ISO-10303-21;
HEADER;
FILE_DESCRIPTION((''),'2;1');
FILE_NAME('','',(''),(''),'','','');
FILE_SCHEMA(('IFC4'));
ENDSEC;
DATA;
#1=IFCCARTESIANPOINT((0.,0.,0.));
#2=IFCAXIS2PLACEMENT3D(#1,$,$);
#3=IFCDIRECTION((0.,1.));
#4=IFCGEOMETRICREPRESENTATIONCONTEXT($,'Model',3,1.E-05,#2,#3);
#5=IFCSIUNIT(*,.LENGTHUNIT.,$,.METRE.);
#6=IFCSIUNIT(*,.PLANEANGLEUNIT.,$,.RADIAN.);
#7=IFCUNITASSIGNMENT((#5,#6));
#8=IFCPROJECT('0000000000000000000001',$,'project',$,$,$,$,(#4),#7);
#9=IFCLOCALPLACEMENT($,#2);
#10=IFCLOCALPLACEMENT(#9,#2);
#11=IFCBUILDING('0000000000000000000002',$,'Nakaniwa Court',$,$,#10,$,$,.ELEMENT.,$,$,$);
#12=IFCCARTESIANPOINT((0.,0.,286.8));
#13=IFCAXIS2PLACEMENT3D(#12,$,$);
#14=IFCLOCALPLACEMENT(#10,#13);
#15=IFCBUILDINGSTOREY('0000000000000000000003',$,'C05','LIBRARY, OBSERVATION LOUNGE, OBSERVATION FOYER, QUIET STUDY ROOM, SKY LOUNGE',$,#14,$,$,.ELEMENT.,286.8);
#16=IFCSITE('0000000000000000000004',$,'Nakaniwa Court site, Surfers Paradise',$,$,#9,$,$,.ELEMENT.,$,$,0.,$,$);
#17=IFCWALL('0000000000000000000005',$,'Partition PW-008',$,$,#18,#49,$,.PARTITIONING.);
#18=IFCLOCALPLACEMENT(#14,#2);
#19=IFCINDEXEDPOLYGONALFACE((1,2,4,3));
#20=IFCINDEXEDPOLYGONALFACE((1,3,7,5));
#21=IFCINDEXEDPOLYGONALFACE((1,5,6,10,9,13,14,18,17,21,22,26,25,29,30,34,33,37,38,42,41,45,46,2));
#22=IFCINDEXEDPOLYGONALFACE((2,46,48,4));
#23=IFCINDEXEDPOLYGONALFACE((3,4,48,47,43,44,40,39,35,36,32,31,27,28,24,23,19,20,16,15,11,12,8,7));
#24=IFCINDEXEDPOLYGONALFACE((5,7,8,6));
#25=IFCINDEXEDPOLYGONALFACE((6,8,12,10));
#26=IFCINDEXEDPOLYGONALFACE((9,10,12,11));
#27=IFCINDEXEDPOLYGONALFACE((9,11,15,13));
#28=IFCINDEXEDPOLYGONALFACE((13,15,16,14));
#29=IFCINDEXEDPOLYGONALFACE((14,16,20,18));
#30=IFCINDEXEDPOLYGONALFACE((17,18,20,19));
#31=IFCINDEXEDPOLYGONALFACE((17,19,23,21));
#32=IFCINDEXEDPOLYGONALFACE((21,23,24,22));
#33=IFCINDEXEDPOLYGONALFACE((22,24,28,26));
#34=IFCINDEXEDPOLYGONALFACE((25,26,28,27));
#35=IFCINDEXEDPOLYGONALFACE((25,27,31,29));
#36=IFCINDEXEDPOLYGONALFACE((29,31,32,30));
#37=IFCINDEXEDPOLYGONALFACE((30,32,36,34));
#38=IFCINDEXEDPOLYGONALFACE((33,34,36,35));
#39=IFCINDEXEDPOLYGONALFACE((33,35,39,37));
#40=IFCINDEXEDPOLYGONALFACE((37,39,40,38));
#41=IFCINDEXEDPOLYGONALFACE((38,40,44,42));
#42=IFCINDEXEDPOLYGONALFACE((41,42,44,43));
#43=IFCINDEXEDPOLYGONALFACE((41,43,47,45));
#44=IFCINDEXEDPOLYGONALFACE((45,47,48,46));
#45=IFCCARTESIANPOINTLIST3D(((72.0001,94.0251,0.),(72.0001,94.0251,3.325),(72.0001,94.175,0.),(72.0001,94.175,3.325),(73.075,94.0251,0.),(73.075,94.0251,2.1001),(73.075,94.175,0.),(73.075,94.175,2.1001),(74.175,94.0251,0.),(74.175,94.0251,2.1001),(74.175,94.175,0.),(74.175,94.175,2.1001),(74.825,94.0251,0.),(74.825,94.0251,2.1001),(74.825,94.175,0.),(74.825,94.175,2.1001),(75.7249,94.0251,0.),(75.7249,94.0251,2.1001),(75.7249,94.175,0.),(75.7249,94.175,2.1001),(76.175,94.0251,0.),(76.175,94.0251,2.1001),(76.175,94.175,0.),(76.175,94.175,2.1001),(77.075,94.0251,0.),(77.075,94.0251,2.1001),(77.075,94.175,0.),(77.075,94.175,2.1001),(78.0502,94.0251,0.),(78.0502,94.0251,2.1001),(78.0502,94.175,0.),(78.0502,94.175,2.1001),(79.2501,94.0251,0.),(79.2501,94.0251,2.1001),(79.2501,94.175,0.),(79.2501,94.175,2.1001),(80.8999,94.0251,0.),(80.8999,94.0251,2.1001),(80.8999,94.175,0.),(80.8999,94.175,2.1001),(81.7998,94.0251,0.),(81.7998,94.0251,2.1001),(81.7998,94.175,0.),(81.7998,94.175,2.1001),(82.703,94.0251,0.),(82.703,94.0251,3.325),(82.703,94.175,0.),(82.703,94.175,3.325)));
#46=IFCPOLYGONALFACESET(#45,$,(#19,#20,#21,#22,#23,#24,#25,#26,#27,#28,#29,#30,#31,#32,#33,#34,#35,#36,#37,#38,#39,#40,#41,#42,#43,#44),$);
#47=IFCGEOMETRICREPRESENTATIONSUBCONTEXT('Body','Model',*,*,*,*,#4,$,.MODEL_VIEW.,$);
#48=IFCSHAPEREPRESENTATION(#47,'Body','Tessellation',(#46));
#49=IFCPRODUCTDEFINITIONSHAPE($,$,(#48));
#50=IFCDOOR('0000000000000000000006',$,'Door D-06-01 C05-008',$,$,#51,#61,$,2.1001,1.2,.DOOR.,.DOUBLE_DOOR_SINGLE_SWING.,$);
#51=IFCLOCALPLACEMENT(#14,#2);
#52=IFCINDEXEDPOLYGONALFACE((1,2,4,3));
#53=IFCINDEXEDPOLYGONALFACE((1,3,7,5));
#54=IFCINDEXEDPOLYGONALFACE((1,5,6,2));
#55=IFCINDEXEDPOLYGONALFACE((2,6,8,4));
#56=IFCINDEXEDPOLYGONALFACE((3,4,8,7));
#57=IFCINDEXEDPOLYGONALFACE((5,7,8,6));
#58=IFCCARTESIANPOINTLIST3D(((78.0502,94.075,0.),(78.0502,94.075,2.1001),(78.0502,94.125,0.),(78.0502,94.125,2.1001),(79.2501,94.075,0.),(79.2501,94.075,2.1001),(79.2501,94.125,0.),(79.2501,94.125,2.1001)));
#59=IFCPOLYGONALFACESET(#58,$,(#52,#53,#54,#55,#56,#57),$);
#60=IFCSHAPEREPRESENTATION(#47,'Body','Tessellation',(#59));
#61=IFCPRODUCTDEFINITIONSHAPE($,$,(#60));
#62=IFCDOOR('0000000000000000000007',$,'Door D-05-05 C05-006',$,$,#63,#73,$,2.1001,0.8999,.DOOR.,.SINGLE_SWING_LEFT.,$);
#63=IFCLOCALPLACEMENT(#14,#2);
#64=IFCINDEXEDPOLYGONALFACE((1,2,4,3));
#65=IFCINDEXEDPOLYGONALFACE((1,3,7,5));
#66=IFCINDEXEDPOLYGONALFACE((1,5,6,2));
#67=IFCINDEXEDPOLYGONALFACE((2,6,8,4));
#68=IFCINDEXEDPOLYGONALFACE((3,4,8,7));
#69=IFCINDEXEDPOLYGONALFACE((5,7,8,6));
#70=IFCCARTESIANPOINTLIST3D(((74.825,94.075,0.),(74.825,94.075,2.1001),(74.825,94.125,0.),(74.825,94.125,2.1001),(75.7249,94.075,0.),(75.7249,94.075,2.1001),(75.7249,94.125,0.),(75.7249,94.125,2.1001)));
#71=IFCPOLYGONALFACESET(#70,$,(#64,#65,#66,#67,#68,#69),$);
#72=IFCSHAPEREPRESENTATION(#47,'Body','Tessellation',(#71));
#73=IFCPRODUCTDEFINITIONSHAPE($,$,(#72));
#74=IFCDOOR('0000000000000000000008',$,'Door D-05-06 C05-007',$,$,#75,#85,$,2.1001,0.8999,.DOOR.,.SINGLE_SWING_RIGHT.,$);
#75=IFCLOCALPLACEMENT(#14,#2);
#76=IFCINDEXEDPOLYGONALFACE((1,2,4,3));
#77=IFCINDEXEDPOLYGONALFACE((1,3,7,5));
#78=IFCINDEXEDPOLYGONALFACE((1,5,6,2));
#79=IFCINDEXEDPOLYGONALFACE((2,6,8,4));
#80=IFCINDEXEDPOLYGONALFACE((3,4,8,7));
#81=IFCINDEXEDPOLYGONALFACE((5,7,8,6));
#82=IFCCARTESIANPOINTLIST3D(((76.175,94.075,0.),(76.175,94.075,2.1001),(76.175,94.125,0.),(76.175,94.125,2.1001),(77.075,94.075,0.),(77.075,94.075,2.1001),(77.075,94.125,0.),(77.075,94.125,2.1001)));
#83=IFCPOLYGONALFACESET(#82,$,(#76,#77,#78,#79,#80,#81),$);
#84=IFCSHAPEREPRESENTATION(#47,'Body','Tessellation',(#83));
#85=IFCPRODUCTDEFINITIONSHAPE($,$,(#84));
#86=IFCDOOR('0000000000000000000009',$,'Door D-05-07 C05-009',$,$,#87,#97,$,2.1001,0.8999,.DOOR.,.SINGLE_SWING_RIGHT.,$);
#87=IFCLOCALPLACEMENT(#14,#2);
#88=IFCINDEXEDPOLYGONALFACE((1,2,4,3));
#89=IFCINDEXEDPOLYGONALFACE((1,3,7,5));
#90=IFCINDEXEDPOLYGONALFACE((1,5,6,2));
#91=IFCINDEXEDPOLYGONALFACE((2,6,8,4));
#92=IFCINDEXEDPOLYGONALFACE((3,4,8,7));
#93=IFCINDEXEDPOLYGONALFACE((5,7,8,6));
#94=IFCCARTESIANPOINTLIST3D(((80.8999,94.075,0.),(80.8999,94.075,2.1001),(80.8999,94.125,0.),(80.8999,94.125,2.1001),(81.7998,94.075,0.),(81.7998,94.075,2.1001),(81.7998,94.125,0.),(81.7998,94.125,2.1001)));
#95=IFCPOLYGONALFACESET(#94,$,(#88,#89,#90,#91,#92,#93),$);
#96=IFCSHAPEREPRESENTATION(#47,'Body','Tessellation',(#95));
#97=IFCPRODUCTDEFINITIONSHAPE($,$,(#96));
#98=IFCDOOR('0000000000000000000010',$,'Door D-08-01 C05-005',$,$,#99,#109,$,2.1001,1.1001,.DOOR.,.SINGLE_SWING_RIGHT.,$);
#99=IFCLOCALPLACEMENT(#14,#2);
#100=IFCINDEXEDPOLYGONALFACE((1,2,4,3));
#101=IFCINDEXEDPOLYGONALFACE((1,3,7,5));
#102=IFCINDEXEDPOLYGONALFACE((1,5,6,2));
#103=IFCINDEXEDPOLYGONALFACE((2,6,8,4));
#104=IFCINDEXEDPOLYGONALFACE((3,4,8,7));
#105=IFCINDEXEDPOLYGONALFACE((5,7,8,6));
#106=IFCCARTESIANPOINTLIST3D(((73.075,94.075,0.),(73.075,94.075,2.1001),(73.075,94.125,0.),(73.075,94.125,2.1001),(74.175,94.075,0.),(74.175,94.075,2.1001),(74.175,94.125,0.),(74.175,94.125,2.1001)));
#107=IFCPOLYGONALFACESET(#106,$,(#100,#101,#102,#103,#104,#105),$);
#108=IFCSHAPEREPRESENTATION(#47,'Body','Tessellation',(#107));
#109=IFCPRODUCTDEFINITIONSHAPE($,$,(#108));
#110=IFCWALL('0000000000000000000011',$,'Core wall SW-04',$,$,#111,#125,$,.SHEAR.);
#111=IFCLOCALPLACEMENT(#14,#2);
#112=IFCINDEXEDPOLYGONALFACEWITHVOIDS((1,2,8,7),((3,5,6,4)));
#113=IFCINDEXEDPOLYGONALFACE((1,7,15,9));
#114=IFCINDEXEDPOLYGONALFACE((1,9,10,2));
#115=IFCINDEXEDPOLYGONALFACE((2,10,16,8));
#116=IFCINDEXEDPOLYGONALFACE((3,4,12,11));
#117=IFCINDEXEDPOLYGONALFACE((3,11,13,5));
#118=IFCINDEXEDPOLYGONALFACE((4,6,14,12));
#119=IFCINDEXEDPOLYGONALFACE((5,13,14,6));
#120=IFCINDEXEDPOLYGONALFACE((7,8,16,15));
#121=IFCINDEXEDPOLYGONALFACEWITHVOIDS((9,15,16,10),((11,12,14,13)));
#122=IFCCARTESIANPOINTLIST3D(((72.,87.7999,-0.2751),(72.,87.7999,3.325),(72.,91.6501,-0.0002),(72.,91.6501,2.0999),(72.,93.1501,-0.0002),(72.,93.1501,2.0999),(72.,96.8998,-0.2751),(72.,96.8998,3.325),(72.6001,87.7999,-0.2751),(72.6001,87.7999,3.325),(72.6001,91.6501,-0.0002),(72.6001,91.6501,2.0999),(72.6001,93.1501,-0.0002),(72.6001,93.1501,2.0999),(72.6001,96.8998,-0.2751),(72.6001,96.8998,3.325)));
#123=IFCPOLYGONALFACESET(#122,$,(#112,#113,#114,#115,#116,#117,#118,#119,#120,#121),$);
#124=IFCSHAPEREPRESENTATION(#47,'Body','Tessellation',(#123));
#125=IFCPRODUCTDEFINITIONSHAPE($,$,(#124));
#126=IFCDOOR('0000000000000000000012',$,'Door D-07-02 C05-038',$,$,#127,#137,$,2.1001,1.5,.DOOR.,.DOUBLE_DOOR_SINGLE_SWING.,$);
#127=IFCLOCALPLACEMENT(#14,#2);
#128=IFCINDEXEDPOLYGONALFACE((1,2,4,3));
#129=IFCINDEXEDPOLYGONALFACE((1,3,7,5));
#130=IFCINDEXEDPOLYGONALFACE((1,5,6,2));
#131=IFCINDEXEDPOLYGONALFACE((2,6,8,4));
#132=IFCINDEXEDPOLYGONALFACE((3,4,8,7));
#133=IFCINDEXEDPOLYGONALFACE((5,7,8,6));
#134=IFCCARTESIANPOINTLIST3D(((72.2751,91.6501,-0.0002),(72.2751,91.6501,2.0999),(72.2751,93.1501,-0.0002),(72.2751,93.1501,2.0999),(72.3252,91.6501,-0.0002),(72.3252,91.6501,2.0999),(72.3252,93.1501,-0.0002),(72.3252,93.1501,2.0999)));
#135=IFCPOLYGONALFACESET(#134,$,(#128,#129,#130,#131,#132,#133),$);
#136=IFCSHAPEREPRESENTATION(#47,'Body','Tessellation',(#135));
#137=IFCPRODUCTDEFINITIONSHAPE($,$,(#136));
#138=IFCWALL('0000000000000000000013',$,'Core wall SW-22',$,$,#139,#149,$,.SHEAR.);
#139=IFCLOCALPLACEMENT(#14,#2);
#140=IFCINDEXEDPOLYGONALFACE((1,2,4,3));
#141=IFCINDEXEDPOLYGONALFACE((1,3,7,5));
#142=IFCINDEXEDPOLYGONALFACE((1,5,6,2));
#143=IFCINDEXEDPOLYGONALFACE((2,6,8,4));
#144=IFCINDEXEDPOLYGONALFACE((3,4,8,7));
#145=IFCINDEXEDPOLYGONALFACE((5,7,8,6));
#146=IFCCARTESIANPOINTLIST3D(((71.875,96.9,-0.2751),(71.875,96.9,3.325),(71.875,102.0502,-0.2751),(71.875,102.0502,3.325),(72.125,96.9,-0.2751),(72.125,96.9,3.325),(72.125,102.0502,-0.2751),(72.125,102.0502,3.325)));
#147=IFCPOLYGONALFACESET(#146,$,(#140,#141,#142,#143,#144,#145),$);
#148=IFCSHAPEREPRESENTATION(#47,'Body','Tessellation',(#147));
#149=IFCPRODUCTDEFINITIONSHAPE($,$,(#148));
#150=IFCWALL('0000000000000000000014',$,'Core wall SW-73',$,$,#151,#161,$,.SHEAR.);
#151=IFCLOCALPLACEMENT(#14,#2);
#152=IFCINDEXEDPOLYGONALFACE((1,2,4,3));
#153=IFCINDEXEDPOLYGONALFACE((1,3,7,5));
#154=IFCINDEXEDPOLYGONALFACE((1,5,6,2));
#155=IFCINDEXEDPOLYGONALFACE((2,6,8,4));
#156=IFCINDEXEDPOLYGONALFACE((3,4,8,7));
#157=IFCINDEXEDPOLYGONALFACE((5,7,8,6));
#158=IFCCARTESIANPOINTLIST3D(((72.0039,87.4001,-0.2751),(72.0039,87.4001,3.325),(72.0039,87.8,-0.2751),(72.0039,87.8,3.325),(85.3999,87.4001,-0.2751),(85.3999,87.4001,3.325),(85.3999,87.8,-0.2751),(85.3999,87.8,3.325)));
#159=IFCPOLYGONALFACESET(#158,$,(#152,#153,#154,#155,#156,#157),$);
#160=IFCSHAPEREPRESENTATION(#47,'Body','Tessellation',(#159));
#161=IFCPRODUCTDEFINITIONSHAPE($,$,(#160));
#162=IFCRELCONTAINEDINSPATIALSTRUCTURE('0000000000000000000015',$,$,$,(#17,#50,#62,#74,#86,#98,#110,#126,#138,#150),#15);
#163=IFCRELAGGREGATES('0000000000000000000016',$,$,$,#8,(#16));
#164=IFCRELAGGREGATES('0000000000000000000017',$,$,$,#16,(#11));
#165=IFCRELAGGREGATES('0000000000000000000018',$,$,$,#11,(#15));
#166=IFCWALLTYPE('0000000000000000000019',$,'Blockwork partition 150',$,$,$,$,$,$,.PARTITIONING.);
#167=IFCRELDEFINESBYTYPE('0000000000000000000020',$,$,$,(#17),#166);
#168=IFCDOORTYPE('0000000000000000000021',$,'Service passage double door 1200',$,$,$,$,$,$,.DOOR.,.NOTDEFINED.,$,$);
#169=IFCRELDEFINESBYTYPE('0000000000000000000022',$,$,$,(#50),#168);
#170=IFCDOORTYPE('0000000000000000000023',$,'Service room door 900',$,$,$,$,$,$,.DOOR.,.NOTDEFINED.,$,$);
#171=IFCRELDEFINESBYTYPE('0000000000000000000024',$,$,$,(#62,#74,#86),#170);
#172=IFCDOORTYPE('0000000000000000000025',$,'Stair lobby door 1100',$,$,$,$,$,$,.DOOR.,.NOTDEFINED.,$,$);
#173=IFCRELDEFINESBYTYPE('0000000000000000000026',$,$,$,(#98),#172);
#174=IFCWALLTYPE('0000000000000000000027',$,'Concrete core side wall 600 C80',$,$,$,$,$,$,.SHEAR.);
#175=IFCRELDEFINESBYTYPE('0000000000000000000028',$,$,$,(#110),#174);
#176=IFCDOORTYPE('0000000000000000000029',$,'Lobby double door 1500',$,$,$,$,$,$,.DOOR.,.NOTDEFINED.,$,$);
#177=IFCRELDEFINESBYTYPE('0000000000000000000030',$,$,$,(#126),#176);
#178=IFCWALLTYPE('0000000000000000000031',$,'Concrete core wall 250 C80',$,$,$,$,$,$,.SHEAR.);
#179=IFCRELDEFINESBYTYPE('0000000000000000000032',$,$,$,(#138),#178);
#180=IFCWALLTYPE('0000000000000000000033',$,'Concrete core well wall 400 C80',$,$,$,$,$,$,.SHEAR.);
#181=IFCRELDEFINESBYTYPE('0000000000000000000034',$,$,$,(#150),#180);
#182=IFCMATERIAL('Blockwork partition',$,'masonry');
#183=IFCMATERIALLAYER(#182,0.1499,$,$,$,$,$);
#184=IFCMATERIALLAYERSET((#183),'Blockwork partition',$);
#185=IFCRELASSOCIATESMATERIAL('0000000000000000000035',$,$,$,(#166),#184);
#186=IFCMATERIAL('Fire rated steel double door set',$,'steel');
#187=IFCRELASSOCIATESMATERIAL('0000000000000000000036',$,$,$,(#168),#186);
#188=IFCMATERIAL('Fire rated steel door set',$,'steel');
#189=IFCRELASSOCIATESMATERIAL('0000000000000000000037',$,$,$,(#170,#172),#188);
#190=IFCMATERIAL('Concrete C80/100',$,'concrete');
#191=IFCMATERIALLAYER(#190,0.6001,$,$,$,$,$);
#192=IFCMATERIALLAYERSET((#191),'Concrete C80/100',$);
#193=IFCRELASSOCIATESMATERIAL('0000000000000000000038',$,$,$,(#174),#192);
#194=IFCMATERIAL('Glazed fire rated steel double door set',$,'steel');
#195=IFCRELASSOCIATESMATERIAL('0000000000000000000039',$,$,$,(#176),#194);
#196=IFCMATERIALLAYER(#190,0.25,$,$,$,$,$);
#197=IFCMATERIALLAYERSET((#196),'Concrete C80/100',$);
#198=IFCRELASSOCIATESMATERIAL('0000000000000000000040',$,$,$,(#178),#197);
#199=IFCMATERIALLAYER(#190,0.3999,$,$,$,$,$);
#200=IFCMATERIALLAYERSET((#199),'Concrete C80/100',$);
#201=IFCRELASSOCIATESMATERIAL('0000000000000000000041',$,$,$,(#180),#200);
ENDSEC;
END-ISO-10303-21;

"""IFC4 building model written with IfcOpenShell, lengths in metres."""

from ifc_helpers import new_model, si_unit, direction, frame, frame_2d, origin, place, context, subcontext, project, spatial, rectangle, extrude, material, layer, layer_set, type_object, element, fill, save


model = new_model("IFC4")

# Units and contexts
model_context = context("Model", 3, precision=1e-05, world=origin(), true_north=direction((0.0, 1.0)))
body_context = subcontext(model_context, "Body", "Model", "MODEL_VIEW")
ifc_project = project(units=[si_unit("LENGTHUNIT", "METRE"), si_unit("PLANEANGLEUNIT", "RADIAN")], contexts=[model_context])

# Site, building, storey
site_placement = place(None, origin())
site = spatial("IfcSite", under=ifc_project, at=site_placement, Name="Nakaniwa Court site, Surfers Paradise", CompositionType="ELEMENT", RefElevation=0.0)
building_placement = place(site_placement, origin())
building = spatial("IfcBuilding", under=site, at=building_placement, Name="Nakaniwa Court", CompositionType="ELEMENT")
storey_placement = place(building_placement, frame((0.0, 0.0, 286.8)))
storey = spatial("IfcBuildingStorey", under=building, at=storey_placement, Name="C05", Description="LIBRARY, OBSERVATION LOUNGE, OBSERVATION FOYER, QUIET STUDY ROOM, SKY LOUNGE", CompositionType="ELEMENT", Elevation=286.8)

# Shared definitions
ifc_material_1 = material(Name="Blockwork partition", Category="masonry")
ifc_layer_1 = layer(ifc_material_1, 0.1499)
ifc_layer_set_1 = layer_set([ifc_layer_1], Name="Blockwork partition")
wall_type_1 = type_object("IfcWallType", Name="Blockwork partition 150", PredefinedType="PARTITIONING", material=ifc_layer_set_1)

# Wall, openings, doors
wall_1_placement = place(storey_placement, frame((72.0, 94.1001, 0.0), z_axis=(0.0, 0.0, 1.0), x_axis=(1.0, 0.0, 0.0)))
wall_1 = element("IfcWall", 1, at=wall_1_placement, inside=storey, type_object=wall_type_1, Name="Partition PW-008", PredefinedType="PARTITIONING", context=body_context, shape_type="SweptSolid", body=[
    extrude(rectangle(XDim=10.7029, YDim=0.1499, at=frame_2d((5.3516, 0.0))), origin(), (0.0, 0.0, 1.0), 3.325),
])
opening_1_placement = place(wall_1_placement, frame((1.075, 0.0, 0.0)))
opening_1 = element("IfcOpeningElement", 2, at=opening_1_placement, cuts=wall_1, PredefinedType="OPENING", context=body_context, shape_type="SweptSolid", body=[
    extrude(rectangle(XDim=1.1001, YDim=2.1001, at=frame_2d((0.55, 1.05))), frame((0.0, 0.085, 0.0), z_axis=(0.0, -1.0, 0.0), x_axis=(1.0, 0.0, 0.0)), (0.0, 0.0, 1.0), 0.1699),
])
opening_2_placement = place(wall_1_placement, frame((2.825, 0.0, 0.0)))
opening_2 = element("IfcOpeningElement", 3, at=opening_2_placement, cuts=wall_1, PredefinedType="OPENING", context=body_context, shape_type="SweptSolid", body=[
    extrude(rectangle(XDim=0.8999, YDim=2.1001, at=frame_2d((0.45, 1.05))), frame((0.0, 0.085, 0.0), z_axis=(0.0, -1.0, 0.0), x_axis=(1.0, 0.0, 0.0)), (0.0, 0.0, 1.0), 0.1699),
])
opening_3_placement = place(wall_1_placement, frame((4.175, 0.0, 0.0)))
opening_3 = element("IfcOpeningElement", 4, at=opening_3_placement, cuts=wall_1, PredefinedType="OPENING", context=body_context, shape_type="SweptSolid", body=[
    extrude(rectangle(XDim=0.8999, YDim=2.1001, at=frame_2d((0.45, 1.05))), frame((0.0, 0.085, 0.0), z_axis=(0.0, -1.0, 0.0), x_axis=(1.0, 0.0, 0.0)), (0.0, 0.0, 1.0), 0.1699),
])
opening_4_placement = place(wall_1_placement, frame((6.05, 0.0, 0.0)))
opening_4 = element("IfcOpeningElement", 5, at=opening_4_placement, cuts=wall_1, PredefinedType="OPENING", context=body_context, shape_type="SweptSolid", body=[
    extrude(rectangle(XDim=1.2, YDim=2.1001, at=frame_2d((0.6001, 1.05))), frame((0.0, 0.085, 0.0), z_axis=(0.0, -1.0, 0.0), x_axis=(1.0, 0.0, 0.0)), (0.0, 0.0, 1.0), 0.1699),
])
opening_5_placement = place(wall_1_placement, frame((8.8999, 0.0, 0.0)))
opening_5 = element("IfcOpeningElement", 6, at=opening_5_placement, cuts=wall_1, PredefinedType="OPENING", context=body_context, shape_type="SweptSolid", body=[
    extrude(rectangle(XDim=0.8999, YDim=2.1001, at=frame_2d((0.45, 1.05))), frame((0.0, 0.085, 0.0), z_axis=(0.0, -1.0, 0.0), x_axis=(1.0, 0.0, 0.0)), (0.0, 0.0, 1.0), 0.1699),
])
ifc_material_2 = material(Name="Fire rated steel double door set", Category="steel")
door_type_1 = type_object("IfcDoorType", Name="Service passage double door 1200", OperationType="NOTDEFINED", PredefinedType="DOOR", material=ifc_material_2)
door_1_placement = place(opening_4_placement, origin())
door_1 = element("IfcDoor", 7, at=door_1_placement, inside=storey, type_object=door_type_1, Name="Door D-06-01 C05-008", OperationType="DOUBLE_DOOR_SINGLE_SWING", OverallHeight=2.1001, OverallWidth=1.2, PredefinedType="DOOR", context=body_context, shape_type="SweptSolid", body=[
    extrude(rectangle(XDim=1.2, YDim=2.1001, at=frame_2d((0.6001, 1.05))), frame((0.0, 0.0249, 0.0), z_axis=(0.0, -1.0, 0.0), x_axis=(1.0, 0.0, 0.0)), (0.0, 0.0, 1.0), 0.05),
])
fill(opening_4, door_1)
ifc_material_3 = material(Name="Fire rated steel door set", Category="steel")
door_type_2 = type_object("IfcDoorType", Name="Service room door 900", OperationType="NOTDEFINED", PredefinedType="DOOR", material=ifc_material_3)
door_2_placement = place(opening_2_placement, origin())
door_2 = element("IfcDoor", 8, at=door_2_placement, inside=storey, type_object=door_type_2, Name="Door D-05-05 C05-006", OperationType="SINGLE_SWING_LEFT", OverallHeight=2.1001, OverallWidth=0.8999, PredefinedType="DOOR", context=body_context, shape_type="SweptSolid", body=[
    extrude(rectangle(XDim=0.8999, YDim=2.1001, at=frame_2d((0.45, 1.05))), frame((0.0, 0.0249, 0.0), z_axis=(0.0, -1.0, 0.0), x_axis=(1.0, 0.0, 0.0)), (0.0, 0.0, 1.0), 0.05),
])
fill(opening_2, door_2)
door_3_placement = place(opening_3_placement, origin())
door_3 = element("IfcDoor", 9, at=door_3_placement, inside=storey, type_object=door_type_2, Name="Door D-05-06 C05-007", OperationType="SINGLE_SWING_RIGHT", OverallHeight=2.1001, OverallWidth=0.8999, PredefinedType="DOOR", context=body_context, shape_type="SweptSolid", body=[
    extrude(rectangle(XDim=0.8999, YDim=2.1001, at=frame_2d((0.45, 1.05))), frame((0.0, 0.0249, 0.0), z_axis=(0.0, -1.0, 0.0), x_axis=(1.0, 0.0, 0.0)), (0.0, 0.0, 1.0), 0.05),
])
fill(opening_3, door_3)
door_4_placement = place(opening_5_placement, origin())
door_4 = element("IfcDoor", 10, at=door_4_placement, inside=storey, type_object=door_type_2, Name="Door D-05-07 C05-009", OperationType="SINGLE_SWING_RIGHT", OverallHeight=2.1001, OverallWidth=0.8999, PredefinedType="DOOR", context=body_context, shape_type="SweptSolid", body=[
    extrude(rectangle(XDim=0.8999, YDim=2.1001, at=frame_2d((0.45, 1.05))), frame((0.0, 0.0249, 0.0), z_axis=(0.0, -1.0, 0.0), x_axis=(1.0, 0.0, 0.0)), (0.0, 0.0, 1.0), 0.05),
])
fill(opening_5, door_4)
door_type_3 = type_object("IfcDoorType", Name="Stair lobby door 1100", OperationType="NOTDEFINED", PredefinedType="DOOR", material=ifc_material_3)
door_5_placement = place(opening_1_placement, origin())
door_5 = element("IfcDoor", 11, at=door_5_placement, inside=storey, type_object=door_type_3, Name="Door D-08-01 C05-005", OperationType="SINGLE_SWING_RIGHT", OverallHeight=2.1001, OverallWidth=1.1001, PredefinedType="DOOR", context=body_context, shape_type="SweptSolid", body=[
    extrude(rectangle(XDim=1.1001, YDim=2.1001, at=frame_2d((0.55, 1.05))), frame((0.0, 0.0249, 0.0), z_axis=(0.0, -1.0, 0.0), x_axis=(1.0, 0.0, 0.0)), (0.0, 0.0, 1.0), 0.05),
])
fill(opening_1, door_5)

# Wall, opening, door
ifc_material_4 = material(Name="Concrete C80/100", Category="concrete")
ifc_layer_2 = layer(ifc_material_4, 0.6001)
ifc_layer_set_2 = layer_set([ifc_layer_2], Name="Concrete C80/100")
wall_type_2 = type_object("IfcWallType", Name="Concrete core side wall 600 C80", PredefinedType="SHEAR", material=ifc_layer_set_2)
wall_2_placement = place(storey_placement, frame((72.3, 87.8, -0.2751), z_axis=(0.0, 0.0, 1.0), x_axis=(0.0, 1.0, 0.0)))
wall_2 = element("IfcWall", 12, at=wall_2_placement, inside=storey, type_object=wall_type_2, Name="Core wall SW-04", PredefinedType="SHEAR", context=body_context, shape_type="SweptSolid", body=[
    extrude(rectangle(XDim=9.0999, YDim=0.6001, at=frame_2d((4.5498, 0.0))), origin(), (0.0, 0.0, 1.0), 3.6001),
])
opening_6_placement = place(wall_2_placement, frame((3.8501, 0.0, 0.2749)))
opening_6 = element("IfcOpeningElement", 13, at=opening_6_placement, cuts=wall_2, PredefinedType="OPENING", context=body_context, shape_type="SweptSolid", body=[
    extrude(rectangle(XDim=1.5, YDim=2.1001, at=frame_2d((0.75, 1.05))), frame((0.0, 0.3101, 0.0), z_axis=(0.0, -1.0, 0.0), x_axis=(1.0, 0.0, 0.0)), (0.0, 0.0, 1.0), 0.6201),
])
ifc_material_5 = material(Name="Glazed fire rated steel double door set", Category="steel")
door_type_4 = type_object("IfcDoorType", Name="Lobby double door 1500", OperationType="NOTDEFINED", PredefinedType="DOOR", material=ifc_material_5)
door_6_placement = place(opening_6_placement, origin())
door_6 = element("IfcDoor", 14, at=door_6_placement, inside=storey, type_object=door_type_4, Name="Door D-07-02 C05-038", OperationType="DOUBLE_DOOR_SINGLE_SWING", OverallHeight=2.1001, OverallWidth=1.5, PredefinedType="DOOR", context=body_context, shape_type="SweptSolid", body=[
    extrude(rectangle(XDim=1.5, YDim=2.1001, at=frame_2d((0.75, 1.05))), frame((0.0, 0.0249, 0.0), z_axis=(0.0, -1.0, 0.0), x_axis=(1.0, 0.0, 0.0)), (0.0, 0.0, 1.0), 0.05),
])
fill(opening_6, door_6)

# Walls
ifc_layer_3 = layer(ifc_material_4, 0.25)
ifc_layer_set_3 = layer_set([ifc_layer_3], Name="Concrete C80/100")
wall_type_3 = type_object("IfcWallType", Name="Concrete core wall 250 C80", PredefinedType="SHEAR", material=ifc_layer_set_3)
wall_3_placement = place(storey_placement, frame((72.0, 96.8999, -0.2751), z_axis=(0.0, 0.0, 1.0), x_axis=(0.0, 1.0, 0.0)))
element("IfcWall", 15, at=wall_3_placement, inside=storey, type_object=wall_type_3, Name="Core wall SW-22", PredefinedType="SHEAR", context=body_context, shape_type="SweptSolid", body=[
    extrude(rectangle(XDim=5.1501, YDim=0.25, at=frame_2d((2.5752, 0.0))), origin(), (0.0, 0.0, 1.0), 3.6001),
])
ifc_layer_4 = layer(ifc_material_4, 0.3999)
ifc_layer_set_4 = layer_set([ifc_layer_4], Name="Concrete C80/100")
wall_type_4 = type_object("IfcWallType", Name="Concrete core well wall 400 C80", PredefinedType="SHEAR", material=ifc_layer_set_4)
wall_4_placement = place(storey_placement, frame((72.0039, 87.6001, -0.2751), z_axis=(0.0, 0.0, 1.0), x_axis=(1.0, 0.0, 0.0)))
element("IfcWall", 16, at=wall_4_placement, inside=storey, type_object=wall_type_4, Name="Core wall SW-73", PredefinedType="SHEAR", context=body_context, shape_type="SweptSolid", body=[
    extrude(rectangle(XDim=13.396, YDim=0.3999, at=frame_2d((6.698, 0.0))), origin(), (0.0, 0.0, 1.0), 3.6001),
])

save(model, "model.ifc")
